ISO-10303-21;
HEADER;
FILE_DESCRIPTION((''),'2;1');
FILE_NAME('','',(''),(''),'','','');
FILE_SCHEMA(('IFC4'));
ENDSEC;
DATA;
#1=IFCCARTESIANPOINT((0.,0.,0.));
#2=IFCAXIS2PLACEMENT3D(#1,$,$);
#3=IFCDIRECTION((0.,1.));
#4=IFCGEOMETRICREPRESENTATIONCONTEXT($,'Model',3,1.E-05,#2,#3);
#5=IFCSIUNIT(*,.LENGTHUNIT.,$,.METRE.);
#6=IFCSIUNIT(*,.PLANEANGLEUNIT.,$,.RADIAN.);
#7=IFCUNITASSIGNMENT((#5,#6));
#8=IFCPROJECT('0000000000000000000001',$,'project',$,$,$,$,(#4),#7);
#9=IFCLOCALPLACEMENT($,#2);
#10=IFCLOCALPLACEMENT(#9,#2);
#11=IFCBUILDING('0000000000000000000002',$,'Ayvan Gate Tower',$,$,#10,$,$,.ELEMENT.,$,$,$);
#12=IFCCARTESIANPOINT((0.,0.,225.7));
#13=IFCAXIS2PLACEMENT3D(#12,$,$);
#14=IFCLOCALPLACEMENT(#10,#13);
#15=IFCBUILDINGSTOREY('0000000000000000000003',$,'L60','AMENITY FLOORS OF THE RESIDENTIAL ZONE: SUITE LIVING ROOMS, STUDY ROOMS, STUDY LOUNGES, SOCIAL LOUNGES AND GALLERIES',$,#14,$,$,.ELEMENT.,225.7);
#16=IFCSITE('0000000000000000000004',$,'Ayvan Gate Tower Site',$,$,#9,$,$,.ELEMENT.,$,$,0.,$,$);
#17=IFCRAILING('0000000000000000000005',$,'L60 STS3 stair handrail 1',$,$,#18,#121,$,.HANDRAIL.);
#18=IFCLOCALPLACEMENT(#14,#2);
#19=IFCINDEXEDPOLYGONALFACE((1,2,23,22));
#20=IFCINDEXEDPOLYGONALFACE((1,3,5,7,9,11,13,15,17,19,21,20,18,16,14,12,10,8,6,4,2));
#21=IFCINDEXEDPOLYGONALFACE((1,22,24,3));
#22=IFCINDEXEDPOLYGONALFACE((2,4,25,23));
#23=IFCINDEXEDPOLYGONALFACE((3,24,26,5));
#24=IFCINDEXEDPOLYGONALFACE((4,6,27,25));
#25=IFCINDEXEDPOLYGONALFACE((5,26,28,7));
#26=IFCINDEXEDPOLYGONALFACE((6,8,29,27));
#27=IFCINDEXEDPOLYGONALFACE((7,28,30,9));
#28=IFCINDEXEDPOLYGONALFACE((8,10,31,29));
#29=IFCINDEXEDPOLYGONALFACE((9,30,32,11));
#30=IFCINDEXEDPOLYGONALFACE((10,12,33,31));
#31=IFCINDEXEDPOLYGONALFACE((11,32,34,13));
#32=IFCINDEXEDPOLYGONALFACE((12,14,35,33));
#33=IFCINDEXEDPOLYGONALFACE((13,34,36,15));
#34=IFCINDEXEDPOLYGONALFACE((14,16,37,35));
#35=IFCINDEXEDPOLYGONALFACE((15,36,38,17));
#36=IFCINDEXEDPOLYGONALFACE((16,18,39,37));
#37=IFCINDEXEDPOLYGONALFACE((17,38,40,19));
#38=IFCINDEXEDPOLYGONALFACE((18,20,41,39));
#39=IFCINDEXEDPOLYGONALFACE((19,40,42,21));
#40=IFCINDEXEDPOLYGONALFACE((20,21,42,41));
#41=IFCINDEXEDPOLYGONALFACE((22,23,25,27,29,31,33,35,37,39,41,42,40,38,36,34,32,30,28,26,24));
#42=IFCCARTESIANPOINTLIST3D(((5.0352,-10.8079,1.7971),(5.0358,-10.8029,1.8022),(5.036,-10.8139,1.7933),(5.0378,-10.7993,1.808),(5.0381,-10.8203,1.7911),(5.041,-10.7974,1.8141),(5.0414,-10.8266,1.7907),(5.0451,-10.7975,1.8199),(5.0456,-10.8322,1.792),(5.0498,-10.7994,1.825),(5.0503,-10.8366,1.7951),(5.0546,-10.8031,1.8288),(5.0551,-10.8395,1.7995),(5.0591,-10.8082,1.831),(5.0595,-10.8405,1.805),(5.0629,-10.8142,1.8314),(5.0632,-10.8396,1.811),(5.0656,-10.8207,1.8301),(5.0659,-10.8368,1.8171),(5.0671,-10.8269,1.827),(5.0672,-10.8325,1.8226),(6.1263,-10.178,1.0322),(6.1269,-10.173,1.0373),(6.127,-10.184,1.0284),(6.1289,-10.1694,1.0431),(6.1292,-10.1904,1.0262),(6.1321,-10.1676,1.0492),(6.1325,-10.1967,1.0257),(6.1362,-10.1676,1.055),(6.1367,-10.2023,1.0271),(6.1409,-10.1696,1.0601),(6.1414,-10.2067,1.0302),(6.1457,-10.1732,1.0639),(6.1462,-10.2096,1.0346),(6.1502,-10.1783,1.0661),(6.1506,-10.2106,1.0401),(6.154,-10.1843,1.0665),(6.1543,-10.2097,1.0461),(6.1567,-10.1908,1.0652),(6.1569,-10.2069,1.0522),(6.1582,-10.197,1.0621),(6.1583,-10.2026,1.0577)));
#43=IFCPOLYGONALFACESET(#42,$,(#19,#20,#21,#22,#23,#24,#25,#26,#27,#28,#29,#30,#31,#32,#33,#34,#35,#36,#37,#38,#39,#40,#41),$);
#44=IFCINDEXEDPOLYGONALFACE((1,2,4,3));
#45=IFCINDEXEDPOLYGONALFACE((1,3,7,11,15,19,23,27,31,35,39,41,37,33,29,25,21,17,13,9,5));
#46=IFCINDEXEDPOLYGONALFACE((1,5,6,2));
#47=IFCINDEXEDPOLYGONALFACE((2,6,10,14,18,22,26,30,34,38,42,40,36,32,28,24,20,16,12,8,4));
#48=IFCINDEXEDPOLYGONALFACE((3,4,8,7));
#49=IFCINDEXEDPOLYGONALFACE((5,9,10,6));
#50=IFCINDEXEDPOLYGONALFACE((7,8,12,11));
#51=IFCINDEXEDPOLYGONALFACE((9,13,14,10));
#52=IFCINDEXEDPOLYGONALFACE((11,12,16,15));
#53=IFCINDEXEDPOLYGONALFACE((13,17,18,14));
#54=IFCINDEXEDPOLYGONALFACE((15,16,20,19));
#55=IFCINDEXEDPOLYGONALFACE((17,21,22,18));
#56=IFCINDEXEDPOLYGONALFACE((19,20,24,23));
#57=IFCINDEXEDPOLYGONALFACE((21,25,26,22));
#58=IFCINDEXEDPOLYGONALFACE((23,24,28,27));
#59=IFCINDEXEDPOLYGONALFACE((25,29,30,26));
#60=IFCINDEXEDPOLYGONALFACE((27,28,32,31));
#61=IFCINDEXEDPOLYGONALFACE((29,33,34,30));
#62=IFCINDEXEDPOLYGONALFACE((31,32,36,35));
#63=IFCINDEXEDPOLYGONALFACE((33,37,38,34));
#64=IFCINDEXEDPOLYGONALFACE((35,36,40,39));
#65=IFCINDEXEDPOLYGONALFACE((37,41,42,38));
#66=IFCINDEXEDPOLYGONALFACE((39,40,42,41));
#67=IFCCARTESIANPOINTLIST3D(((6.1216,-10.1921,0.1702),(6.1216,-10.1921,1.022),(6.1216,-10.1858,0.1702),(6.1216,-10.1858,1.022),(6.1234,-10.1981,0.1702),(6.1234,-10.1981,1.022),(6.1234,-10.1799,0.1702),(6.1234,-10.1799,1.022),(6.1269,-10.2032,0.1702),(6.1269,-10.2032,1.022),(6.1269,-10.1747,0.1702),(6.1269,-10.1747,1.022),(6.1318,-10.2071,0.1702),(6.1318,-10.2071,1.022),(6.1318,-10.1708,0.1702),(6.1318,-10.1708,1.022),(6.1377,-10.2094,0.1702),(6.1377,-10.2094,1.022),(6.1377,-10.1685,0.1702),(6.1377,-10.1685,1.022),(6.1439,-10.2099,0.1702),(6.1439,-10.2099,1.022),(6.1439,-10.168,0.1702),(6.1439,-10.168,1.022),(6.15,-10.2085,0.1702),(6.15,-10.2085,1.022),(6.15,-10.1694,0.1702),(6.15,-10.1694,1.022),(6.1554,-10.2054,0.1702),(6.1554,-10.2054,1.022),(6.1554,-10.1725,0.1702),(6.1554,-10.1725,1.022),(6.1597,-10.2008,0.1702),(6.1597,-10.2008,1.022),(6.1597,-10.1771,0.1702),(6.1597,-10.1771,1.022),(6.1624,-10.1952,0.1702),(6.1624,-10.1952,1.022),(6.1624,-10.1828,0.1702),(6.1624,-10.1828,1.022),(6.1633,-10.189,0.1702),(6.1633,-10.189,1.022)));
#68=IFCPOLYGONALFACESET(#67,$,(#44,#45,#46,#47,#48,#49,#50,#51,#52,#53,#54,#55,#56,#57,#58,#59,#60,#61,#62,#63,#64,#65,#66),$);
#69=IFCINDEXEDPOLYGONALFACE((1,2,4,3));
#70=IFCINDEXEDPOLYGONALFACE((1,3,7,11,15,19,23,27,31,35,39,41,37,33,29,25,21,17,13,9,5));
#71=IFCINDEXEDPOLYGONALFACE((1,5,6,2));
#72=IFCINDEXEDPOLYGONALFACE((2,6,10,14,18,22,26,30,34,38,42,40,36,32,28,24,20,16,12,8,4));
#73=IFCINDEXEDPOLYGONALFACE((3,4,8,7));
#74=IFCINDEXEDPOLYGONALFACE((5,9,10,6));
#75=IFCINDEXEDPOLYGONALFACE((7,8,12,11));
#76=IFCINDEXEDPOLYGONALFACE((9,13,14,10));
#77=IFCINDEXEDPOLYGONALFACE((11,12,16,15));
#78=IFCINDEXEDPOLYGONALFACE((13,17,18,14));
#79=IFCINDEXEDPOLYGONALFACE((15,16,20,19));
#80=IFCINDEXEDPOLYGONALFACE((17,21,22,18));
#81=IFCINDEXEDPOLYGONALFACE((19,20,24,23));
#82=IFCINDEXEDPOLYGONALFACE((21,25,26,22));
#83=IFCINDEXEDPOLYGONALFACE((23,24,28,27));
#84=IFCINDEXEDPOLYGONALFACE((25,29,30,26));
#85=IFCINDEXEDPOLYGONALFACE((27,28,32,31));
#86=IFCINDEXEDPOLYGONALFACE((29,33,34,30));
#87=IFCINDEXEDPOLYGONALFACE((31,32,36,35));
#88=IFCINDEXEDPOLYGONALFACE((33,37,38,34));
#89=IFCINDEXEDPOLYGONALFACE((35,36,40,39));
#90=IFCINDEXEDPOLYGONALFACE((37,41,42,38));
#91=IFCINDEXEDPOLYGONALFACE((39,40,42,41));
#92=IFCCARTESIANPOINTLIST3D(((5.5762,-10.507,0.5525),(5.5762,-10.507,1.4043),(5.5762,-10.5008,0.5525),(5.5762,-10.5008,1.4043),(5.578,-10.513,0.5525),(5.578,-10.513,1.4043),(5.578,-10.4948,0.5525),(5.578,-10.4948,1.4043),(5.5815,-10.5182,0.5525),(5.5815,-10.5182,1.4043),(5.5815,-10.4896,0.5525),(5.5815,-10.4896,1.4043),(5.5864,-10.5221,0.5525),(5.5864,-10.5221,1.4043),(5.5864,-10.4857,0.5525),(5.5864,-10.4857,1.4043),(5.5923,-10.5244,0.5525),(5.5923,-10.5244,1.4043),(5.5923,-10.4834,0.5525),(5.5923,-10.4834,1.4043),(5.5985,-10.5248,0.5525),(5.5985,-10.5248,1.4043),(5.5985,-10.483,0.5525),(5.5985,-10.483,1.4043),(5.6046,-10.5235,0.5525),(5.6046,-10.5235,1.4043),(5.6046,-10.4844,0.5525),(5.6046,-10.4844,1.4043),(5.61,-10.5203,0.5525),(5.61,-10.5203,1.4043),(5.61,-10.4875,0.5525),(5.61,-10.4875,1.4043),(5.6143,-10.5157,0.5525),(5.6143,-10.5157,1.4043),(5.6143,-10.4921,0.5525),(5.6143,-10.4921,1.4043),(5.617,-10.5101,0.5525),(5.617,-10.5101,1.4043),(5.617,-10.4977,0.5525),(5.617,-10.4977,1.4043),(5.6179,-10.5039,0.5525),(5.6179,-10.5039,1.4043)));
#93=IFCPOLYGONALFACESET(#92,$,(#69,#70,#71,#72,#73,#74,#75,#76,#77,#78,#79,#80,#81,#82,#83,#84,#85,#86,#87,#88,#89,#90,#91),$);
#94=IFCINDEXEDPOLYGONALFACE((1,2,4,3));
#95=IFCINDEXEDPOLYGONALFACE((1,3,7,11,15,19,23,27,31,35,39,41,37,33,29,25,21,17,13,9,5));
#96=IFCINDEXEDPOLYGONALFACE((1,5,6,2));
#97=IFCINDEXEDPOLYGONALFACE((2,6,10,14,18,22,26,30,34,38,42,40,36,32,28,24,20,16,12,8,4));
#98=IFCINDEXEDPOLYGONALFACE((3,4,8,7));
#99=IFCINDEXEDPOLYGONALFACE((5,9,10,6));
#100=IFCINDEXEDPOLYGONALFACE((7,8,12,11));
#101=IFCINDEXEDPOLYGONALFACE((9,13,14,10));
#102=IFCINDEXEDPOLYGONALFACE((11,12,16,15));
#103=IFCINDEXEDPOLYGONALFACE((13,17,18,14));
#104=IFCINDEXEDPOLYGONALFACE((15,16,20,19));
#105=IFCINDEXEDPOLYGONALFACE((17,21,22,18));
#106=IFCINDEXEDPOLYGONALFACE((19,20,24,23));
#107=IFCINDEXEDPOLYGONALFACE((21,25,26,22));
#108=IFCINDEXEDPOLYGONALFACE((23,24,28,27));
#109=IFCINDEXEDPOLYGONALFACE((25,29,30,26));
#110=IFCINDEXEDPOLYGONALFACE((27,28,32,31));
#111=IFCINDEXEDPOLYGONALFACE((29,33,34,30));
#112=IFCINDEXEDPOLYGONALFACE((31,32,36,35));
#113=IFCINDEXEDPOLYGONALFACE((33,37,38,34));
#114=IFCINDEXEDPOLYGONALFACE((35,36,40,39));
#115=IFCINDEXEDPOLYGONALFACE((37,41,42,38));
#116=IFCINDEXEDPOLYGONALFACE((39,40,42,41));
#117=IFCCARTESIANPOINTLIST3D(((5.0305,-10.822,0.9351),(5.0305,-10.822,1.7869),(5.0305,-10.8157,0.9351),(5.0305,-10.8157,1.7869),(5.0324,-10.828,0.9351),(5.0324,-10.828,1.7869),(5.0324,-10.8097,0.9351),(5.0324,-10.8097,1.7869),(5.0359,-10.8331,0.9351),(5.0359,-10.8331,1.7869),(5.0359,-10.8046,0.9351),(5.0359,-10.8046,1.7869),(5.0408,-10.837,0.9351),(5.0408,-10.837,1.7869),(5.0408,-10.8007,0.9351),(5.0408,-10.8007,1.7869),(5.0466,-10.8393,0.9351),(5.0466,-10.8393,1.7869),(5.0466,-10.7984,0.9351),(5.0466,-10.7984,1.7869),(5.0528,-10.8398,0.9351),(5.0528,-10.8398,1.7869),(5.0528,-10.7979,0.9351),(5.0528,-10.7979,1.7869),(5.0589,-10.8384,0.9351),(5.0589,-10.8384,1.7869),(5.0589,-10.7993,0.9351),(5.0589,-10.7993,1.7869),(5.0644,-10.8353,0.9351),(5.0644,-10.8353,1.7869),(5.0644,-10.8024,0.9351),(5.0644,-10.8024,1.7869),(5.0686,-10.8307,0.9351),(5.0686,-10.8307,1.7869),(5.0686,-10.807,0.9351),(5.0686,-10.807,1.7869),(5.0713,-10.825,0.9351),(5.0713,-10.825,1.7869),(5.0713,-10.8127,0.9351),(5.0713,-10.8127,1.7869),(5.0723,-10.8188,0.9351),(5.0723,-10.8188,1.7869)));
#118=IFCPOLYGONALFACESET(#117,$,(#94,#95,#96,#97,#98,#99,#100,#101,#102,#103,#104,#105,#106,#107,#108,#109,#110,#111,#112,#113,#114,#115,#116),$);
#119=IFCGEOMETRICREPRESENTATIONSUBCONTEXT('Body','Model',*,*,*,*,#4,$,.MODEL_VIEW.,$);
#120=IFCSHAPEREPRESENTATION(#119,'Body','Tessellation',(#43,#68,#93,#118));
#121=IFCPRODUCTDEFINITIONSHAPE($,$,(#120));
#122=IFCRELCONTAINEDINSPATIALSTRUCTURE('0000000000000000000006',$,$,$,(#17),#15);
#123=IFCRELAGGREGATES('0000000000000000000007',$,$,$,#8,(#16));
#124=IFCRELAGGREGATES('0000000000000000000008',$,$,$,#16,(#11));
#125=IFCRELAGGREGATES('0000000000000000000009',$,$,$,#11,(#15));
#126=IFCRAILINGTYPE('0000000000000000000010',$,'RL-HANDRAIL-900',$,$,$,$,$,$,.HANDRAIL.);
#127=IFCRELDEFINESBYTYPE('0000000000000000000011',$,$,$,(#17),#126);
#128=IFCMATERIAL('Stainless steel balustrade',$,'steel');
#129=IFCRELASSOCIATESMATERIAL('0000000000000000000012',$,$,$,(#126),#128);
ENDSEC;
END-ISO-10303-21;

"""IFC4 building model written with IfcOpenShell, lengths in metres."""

from ifc_helpers import new_model, si_unit, direction, frame, origin, origin_2d, place, context, subcontext, project, spatial, circle, extrude, material, type_object, element, save


model = new_model("IFC4")

# Units and contexts
model_context = context("Model", 3, precision=1e-05, world=origin(), true_north=direction((0.0, 1.0)))
body_context = subcontext(model_context, "Body", "Model", "MODEL_VIEW")
ifc_project = project(units=[si_unit("LENGTHUNIT", "METRE"), si_unit("PLANEANGLEUNIT", "RADIAN")], contexts=[model_context])

# Site, building, storey
site_placement = place(None, origin())
site = spatial("IfcSite", under=ifc_project, at=site_placement, Name="Ayvan Gate Tower Site", CompositionType="ELEMENT", RefElevation=0.0)
building_placement = place(site_placement, origin())
building = spatial("IfcBuilding", under=site, at=building_placement, Name="Ayvan Gate Tower", CompositionType="ELEMENT")
storey_placement = place(building_placement, frame((0.0, 0.0, 225.7)))
storey = spatial("IfcBuildingStorey", under=building, at=storey_placement, Name="L60", Description="AMENITY FLOORS OF THE RESIDENTIAL ZONE: SUITE LIVING ROOMS, STUDY ROOMS, STUDY LOUNGES, SOCIAL LOUNGES AND GALLERIES", CompositionType="ELEMENT", Elevation=225.7)

# Railing
ifc_material_1 = material(Name="Stainless steel balustrade", Category="steel")
railing_type = type_object("IfcRailingType", Name="RL-HANDRAIL-900", PredefinedType="HANDRAIL", material=ifc_material_1)
railing_placement = place(storey_placement, frame((6.1423, -10.189, 0.1702)))
element("IfcRailing", 1, at=railing_placement, inside=storey, type_object=railing_type, Name="L60 STS3 stair handrail 1", PredefinedType="HANDRAIL", context=body_context, shape_type="SweptSolid", body=[
    extrude(circle(Radius=0.0239, at=origin_2d()), frame((0.0, 0.0, 0.876), z_axis=(-0.740282, -0.427372, 0.518976), x_axis=(0.499974, -0.86604, 0.0)), (0.0, 0.0, 1.0), 1.4739),
    extrude(circle(Radius=0.021, at=origin_2d()), origin(), (0.0, 0.0, 1.0), 0.8518),
    extrude(circle(Radius=0.021, at=origin_2d()), frame((-0.5454, -0.3149, 0.3823)), (0.0, 0.0, 1.0), 0.8518),
    extrude(circle(Radius=0.021, at=origin_2d()), frame((-1.0911, -0.6299, 0.7649)), (0.0, 0.0, 1.0), 0.8518),
])

save(model, "model.ifc")
